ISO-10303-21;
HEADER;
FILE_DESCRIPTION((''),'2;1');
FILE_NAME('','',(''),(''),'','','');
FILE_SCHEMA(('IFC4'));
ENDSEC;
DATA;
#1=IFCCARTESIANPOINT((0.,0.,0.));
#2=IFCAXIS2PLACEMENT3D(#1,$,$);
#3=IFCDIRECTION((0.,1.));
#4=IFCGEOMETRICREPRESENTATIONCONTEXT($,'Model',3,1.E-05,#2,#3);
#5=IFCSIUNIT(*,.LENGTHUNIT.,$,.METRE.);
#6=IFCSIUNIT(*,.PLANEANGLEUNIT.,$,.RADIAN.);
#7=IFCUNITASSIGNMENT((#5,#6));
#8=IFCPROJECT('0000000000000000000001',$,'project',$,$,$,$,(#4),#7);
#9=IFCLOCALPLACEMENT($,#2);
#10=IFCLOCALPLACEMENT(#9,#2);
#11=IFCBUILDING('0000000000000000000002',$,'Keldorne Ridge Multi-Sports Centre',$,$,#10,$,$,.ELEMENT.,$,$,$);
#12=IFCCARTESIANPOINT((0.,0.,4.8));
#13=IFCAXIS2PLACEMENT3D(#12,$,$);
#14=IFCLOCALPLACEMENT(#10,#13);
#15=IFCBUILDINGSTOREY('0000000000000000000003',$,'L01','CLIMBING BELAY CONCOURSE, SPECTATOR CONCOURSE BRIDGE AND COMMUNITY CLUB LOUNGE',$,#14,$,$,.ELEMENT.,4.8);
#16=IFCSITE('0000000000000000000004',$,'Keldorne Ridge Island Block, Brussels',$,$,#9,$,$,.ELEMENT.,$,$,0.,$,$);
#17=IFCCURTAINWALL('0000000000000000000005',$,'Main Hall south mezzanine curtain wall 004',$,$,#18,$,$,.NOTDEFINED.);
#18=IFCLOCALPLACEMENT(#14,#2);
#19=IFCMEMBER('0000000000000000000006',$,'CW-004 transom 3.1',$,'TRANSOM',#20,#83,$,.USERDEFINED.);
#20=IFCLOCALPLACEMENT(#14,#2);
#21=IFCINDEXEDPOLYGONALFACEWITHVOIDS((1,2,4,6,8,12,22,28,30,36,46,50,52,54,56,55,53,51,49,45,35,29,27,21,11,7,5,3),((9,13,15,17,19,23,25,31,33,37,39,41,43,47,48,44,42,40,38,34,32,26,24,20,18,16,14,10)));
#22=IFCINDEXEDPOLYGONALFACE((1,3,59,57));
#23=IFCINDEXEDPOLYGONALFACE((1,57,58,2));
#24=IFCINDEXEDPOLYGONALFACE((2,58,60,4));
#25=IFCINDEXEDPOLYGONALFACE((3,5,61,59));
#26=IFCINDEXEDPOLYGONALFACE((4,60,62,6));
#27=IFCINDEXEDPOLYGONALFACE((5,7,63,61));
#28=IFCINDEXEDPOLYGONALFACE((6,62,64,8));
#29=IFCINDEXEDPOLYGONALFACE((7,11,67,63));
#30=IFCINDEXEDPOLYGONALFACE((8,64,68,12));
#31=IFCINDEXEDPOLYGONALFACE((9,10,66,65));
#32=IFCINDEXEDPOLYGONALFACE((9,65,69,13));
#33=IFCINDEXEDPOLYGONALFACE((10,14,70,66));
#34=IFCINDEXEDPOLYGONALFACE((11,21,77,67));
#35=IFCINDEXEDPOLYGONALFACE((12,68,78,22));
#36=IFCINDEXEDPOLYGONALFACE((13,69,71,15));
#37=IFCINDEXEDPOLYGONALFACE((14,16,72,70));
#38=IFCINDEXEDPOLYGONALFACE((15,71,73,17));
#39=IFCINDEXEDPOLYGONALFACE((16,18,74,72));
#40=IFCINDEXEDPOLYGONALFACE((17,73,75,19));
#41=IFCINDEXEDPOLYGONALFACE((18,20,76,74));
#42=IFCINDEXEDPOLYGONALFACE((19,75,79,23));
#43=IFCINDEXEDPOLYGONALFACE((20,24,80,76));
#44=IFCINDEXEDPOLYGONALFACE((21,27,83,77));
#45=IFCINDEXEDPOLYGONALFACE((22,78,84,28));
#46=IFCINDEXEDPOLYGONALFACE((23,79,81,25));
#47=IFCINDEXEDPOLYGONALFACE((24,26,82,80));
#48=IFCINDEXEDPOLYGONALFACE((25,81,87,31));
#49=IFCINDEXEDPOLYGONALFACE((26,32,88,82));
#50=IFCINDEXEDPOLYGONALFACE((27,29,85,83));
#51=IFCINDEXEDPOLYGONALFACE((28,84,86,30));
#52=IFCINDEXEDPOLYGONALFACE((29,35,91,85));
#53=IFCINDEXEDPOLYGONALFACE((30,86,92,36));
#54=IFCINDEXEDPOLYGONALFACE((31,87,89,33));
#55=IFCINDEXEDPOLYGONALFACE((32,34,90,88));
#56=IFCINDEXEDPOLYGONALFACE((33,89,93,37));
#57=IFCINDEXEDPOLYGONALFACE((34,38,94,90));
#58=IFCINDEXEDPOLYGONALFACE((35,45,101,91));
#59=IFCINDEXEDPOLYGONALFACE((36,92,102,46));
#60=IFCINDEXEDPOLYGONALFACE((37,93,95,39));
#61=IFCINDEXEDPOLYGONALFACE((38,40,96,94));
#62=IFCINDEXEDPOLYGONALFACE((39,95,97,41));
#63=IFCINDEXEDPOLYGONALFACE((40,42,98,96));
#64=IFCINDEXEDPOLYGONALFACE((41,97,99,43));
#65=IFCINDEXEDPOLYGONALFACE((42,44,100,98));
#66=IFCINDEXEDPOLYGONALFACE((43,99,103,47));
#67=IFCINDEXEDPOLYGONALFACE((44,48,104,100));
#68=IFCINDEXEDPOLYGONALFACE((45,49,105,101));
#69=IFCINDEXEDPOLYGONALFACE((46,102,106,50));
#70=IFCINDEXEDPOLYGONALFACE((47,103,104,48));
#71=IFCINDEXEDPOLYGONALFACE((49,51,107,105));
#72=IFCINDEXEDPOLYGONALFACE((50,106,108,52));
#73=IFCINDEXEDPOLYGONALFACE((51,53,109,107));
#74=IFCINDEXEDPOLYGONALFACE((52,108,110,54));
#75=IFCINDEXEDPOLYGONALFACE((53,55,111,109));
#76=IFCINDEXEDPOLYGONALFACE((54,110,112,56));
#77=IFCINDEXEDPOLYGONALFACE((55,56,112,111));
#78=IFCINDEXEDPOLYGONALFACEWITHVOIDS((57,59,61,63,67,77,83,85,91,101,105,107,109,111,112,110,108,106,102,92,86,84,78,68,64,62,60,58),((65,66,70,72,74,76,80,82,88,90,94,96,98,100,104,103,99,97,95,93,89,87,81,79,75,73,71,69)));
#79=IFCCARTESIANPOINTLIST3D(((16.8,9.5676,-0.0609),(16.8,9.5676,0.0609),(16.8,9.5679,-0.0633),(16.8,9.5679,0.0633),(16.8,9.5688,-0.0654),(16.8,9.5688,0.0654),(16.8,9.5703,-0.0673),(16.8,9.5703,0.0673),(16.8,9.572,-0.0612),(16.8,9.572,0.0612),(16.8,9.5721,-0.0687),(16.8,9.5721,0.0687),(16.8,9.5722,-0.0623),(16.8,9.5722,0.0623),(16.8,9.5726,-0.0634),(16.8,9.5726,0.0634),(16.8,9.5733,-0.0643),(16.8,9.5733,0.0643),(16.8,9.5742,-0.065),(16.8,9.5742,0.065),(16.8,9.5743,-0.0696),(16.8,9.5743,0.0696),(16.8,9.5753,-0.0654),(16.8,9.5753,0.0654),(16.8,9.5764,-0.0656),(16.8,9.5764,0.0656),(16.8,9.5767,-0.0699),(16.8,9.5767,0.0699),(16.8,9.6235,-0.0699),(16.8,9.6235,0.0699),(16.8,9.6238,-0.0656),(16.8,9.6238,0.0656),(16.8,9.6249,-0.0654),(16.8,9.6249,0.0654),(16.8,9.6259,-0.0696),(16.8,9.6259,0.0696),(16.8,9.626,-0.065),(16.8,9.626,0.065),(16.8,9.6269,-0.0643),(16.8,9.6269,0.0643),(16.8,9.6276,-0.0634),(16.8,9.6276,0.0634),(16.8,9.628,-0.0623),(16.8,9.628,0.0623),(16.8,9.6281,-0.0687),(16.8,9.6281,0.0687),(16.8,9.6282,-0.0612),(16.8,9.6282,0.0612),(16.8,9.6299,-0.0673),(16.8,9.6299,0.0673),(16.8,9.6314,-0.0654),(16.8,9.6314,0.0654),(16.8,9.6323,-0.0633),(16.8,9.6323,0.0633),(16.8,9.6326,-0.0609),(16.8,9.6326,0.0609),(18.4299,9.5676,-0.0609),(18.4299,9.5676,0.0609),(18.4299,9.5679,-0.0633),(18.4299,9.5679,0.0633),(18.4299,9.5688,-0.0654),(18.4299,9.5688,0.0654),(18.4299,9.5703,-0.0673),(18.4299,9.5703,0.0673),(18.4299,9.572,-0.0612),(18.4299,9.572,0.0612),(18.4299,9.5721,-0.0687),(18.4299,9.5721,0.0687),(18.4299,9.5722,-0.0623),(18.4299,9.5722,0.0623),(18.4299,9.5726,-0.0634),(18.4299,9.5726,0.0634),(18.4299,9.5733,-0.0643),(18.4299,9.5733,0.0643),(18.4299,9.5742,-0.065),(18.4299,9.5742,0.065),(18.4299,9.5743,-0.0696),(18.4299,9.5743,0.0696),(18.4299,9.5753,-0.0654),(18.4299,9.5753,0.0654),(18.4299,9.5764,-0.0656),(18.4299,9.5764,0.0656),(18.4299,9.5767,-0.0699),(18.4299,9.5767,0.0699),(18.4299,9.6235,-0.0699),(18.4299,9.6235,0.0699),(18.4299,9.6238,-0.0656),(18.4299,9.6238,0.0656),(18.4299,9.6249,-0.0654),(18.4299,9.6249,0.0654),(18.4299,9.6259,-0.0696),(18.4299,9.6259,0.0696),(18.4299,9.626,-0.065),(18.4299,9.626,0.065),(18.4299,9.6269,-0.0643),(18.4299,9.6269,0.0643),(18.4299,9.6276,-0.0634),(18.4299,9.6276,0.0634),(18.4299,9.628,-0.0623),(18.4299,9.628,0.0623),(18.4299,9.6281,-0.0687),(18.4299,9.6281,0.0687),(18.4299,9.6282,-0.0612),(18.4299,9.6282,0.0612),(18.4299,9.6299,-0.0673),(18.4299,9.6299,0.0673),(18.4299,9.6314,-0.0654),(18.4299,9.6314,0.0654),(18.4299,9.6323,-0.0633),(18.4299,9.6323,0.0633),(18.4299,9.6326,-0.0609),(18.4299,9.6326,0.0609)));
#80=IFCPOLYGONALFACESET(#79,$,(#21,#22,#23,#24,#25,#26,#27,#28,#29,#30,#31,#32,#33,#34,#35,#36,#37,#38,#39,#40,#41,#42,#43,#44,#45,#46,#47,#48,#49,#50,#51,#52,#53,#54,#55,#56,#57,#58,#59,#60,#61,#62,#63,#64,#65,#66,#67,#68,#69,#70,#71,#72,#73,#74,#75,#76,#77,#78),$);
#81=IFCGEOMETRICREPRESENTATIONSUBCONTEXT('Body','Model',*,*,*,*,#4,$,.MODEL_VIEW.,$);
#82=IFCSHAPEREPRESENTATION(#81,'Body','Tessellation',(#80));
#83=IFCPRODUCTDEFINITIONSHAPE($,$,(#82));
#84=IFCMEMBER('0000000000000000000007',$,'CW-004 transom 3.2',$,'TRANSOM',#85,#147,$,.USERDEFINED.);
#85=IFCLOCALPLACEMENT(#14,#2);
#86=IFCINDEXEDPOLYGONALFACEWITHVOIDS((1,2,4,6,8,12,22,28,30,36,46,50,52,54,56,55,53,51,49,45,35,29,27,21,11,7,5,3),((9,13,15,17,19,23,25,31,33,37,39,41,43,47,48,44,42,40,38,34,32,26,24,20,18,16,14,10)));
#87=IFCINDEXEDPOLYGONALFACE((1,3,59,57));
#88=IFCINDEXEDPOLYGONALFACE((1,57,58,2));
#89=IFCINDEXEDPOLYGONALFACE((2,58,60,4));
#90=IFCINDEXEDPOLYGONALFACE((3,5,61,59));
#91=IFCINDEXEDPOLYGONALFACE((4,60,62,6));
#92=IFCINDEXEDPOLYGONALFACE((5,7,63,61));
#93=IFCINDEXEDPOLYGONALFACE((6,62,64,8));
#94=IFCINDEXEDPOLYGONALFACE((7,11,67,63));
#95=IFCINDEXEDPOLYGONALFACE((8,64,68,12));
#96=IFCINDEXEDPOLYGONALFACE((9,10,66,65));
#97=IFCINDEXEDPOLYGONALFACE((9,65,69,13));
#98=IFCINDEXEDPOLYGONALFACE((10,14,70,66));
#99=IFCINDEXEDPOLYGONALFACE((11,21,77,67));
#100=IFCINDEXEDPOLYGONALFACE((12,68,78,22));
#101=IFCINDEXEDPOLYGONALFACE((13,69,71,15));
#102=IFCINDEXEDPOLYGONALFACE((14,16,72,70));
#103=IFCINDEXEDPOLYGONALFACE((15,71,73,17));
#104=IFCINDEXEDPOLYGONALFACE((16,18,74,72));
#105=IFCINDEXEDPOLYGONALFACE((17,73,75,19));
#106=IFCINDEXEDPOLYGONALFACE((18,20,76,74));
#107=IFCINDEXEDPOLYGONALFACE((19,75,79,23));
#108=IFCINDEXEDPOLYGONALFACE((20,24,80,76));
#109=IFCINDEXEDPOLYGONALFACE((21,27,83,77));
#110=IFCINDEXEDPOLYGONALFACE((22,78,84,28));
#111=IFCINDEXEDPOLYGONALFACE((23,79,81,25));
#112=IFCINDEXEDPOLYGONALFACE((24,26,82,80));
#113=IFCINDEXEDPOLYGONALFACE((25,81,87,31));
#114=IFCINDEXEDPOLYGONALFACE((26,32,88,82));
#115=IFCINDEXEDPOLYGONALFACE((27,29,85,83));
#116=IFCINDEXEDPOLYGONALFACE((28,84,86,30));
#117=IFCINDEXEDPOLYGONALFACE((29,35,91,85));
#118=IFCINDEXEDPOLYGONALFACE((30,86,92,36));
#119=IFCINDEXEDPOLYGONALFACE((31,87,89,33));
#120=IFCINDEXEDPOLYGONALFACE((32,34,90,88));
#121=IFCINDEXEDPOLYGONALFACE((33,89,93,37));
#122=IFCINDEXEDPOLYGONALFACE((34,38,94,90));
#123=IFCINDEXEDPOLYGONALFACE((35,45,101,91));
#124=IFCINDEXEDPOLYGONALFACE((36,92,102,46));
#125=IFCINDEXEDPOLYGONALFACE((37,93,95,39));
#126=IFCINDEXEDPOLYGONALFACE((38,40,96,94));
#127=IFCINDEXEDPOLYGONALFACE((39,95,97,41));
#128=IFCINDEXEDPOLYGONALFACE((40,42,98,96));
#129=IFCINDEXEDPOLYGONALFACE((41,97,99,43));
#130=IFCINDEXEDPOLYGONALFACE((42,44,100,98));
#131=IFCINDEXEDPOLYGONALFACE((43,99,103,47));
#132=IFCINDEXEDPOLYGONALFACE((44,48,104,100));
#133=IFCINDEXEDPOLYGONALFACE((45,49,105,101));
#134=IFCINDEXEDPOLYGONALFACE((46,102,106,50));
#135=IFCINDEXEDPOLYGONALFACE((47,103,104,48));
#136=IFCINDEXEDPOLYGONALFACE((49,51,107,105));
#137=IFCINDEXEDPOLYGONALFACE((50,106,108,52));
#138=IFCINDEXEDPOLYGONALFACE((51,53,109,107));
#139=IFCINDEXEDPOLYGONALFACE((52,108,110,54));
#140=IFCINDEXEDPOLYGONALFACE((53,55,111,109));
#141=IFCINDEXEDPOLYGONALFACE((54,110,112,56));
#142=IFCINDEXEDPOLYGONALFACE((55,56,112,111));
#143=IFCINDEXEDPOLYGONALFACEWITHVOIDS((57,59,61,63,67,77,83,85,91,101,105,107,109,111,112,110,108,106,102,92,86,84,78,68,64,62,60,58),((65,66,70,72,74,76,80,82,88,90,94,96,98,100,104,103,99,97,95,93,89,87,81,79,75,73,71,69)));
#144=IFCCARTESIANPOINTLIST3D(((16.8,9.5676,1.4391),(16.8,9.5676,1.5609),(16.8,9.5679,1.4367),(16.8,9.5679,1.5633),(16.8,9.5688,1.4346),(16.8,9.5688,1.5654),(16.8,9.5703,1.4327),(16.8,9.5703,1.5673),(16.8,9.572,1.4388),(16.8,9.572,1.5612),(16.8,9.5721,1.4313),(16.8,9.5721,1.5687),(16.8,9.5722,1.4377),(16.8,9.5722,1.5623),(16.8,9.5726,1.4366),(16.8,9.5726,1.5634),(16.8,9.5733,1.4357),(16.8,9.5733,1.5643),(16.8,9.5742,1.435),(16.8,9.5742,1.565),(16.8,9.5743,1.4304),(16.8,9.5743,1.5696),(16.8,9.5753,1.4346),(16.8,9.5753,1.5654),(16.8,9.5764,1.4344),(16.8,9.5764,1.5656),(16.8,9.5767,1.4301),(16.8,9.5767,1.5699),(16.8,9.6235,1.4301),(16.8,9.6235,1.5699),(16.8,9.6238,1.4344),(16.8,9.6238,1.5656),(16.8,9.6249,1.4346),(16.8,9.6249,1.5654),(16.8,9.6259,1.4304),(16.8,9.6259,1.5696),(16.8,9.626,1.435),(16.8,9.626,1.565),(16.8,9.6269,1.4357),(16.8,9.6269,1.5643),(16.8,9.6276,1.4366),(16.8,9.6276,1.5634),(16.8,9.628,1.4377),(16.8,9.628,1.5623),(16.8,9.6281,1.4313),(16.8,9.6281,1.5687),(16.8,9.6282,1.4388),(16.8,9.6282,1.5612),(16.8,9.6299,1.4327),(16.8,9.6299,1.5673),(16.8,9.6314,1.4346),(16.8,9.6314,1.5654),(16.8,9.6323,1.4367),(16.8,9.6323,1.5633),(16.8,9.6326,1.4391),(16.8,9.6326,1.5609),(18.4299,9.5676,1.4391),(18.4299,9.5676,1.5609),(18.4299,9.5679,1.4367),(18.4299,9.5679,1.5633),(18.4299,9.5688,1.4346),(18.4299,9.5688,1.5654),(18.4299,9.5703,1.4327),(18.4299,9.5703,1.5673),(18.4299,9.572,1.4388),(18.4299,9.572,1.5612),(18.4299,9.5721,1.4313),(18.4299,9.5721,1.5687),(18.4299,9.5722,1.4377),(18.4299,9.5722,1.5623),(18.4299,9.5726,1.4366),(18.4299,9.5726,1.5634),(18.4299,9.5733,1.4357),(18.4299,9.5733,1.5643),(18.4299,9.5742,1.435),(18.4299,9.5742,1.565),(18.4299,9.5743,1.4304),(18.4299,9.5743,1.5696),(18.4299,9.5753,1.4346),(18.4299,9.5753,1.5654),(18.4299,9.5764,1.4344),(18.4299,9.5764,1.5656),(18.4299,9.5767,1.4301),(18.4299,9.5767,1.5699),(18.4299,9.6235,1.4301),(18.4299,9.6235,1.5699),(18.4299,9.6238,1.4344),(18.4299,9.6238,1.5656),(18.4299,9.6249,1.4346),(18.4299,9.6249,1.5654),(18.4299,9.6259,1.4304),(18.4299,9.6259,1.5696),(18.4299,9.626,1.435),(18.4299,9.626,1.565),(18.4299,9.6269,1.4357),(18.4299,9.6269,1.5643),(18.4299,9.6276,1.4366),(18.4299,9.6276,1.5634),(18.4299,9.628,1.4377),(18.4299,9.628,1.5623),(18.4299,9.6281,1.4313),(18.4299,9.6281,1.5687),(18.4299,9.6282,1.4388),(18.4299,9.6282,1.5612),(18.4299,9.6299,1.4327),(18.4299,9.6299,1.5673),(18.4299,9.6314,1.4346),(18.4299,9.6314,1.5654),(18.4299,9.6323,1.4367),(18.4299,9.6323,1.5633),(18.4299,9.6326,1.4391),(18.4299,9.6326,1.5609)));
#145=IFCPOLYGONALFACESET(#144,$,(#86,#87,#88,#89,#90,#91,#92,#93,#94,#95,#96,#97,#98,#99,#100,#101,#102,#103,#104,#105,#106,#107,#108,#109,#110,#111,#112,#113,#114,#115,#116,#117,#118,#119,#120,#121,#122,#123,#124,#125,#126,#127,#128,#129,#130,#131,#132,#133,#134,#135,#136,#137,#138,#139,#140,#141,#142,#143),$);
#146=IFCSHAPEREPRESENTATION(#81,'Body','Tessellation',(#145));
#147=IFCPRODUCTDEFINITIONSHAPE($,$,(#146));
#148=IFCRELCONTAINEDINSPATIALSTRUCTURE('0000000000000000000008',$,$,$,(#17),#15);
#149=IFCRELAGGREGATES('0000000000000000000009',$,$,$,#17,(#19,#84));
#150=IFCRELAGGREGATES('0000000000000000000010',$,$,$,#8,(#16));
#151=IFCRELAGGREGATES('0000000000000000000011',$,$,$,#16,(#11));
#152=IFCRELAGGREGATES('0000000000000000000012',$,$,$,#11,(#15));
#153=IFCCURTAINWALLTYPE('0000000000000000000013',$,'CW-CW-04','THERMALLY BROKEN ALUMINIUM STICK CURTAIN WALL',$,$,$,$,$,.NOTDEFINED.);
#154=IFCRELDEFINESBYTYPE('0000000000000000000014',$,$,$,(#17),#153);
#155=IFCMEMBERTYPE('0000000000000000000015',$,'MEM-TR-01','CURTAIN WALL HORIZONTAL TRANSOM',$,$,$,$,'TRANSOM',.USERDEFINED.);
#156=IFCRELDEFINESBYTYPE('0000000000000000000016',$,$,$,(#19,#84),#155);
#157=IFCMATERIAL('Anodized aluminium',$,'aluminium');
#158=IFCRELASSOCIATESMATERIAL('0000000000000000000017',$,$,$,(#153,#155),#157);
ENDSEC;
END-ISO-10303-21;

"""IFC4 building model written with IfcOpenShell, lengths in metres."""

from ifc_helpers import new_model, si_unit, direction, frame, origin, origin_2d, place, context, subcontext, project, spatial, hollow_rectangle, extrude, material, material_profile, profile_set, type_object, element, aggregate, save


model = new_model("IFC4")

# Units and contexts
model_context = context("Model", 3, precision=1e-05, world=origin(), true_north=direction((0.0, 1.0)))
body_context = subcontext(model_context, "Body", "Model", "MODEL_VIEW")
ifc_project = project(units=[si_unit("LENGTHUNIT", "METRE"), si_unit("PLANEANGLEUNIT", "RADIAN")], contexts=[model_context])

# Site, building, storey
site_placement = place(None, origin())
site = spatial("IfcSite", under=ifc_project, at=site_placement, Name="Keldorne Ridge Island Block, Brussels", CompositionType="ELEMENT", RefElevation=0.0)
building_placement = place(site_placement, origin())
building = spatial("IfcBuilding", under=site, at=building_placement, Name="Keldorne Ridge Multi-Sports Centre", CompositionType="ELEMENT")
storey_placement = place(building_placement, frame((0.0, 0.0, 4.8)))
storey = spatial("IfcBuildingStorey", under=building, at=storey_placement, Name="L01", Description="CLIMBING BELAY CONCOURSE, SPECTATOR CONCOURSE BRIDGE AND COMMUNITY CLUB LOUNGE", CompositionType="ELEMENT", Elevation=4.8)

# Curtain wall
ifc_material_1 = material(Name="Anodized aluminium", Category="aluminium")
curtain_wall_type_1 = type_object("IfcCurtainWallType", Name="CW-CW-04", Description="THERMALLY BROKEN ALUMINIUM STICK CURTAIN WALL", PredefinedType="NOTDEFINED", material=ifc_material_1)
curtain_wall_1_placement = place(storey_placement, origin())
curtain_wall_1 = element("IfcCurtainWall", 1, at=curtain_wall_1_placement, inside=storey, type_object=curtain_wall_type_1, Name="Main Hall south mezzanine curtain wall 004", PredefinedType="NOTDEFINED")

# Members
ifc_material_profile_1 = material_profile(ifc_material_1, hollow_rectangle(XDim=0.0649, YDim=0.1399, WallThickness=0.0044, InnerFilletRadius=0.0044, OuterFilletRadius=0.009, at=origin_2d()), Name="ALU TRANSOM 140x65x4.5")
ifc_profile_set_1 = profile_set([ifc_material_profile_1], Name="Anodized aluminium")
member_type_1 = type_object("IfcMemberType", Name="MEM-TR-01", Description="CURTAIN WALL HORIZONTAL TRANSOM", ElementType="TRANSOM", PredefinedType="USERDEFINED", material=ifc_profile_set_1)
member_1_placement = place(storey_placement, frame((16.8, 9.6001, 0.0), z_axis=(1.0, 0.0, 0.0), x_axis=(0.0, 1.0, 0.0)))
member_1 = element("IfcMember", 2, at=member_1_placement, type_object=member_type_1, Name="CW-004 transom 3.1", ObjectType="TRANSOM", PredefinedType="USERDEFINED", context=body_context, shape_type="SweptSolid", body=[
    extrude(hollow_rectangle(XDim=0.0649, YDim=0.1399, WallThickness=0.0044, InnerFilletRadius=0.0044, OuterFilletRadius=0.009, at=origin_2d()), origin(), (0.0, 0.0, 1.0), 1.6299),
])
member_2_placement = place(storey_placement, frame((16.8, 9.6001, 1.5), z_axis=(1.0, 0.0, 0.0), x_axis=(0.0, 1.0, 0.0)))
member_2 = element("IfcMember", 3, at=member_2_placement, type_object=member_type_1, Name="CW-004 transom 3.2", ObjectType="TRANSOM", PredefinedType="USERDEFINED", context=body_context, shape_type="SweptSolid", body=[
    extrude(hollow_rectangle(XDim=0.0649, YDim=0.1399, WallThickness=0.0044, InnerFilletRadius=0.0044, OuterFilletRadius=0.009, at=origin_2d()), origin(), (0.0, 0.0, 1.0), 1.6299),
])

aggregate(curtain_wall_1, [member_1, member_2])

save(model, "model.ifc")
